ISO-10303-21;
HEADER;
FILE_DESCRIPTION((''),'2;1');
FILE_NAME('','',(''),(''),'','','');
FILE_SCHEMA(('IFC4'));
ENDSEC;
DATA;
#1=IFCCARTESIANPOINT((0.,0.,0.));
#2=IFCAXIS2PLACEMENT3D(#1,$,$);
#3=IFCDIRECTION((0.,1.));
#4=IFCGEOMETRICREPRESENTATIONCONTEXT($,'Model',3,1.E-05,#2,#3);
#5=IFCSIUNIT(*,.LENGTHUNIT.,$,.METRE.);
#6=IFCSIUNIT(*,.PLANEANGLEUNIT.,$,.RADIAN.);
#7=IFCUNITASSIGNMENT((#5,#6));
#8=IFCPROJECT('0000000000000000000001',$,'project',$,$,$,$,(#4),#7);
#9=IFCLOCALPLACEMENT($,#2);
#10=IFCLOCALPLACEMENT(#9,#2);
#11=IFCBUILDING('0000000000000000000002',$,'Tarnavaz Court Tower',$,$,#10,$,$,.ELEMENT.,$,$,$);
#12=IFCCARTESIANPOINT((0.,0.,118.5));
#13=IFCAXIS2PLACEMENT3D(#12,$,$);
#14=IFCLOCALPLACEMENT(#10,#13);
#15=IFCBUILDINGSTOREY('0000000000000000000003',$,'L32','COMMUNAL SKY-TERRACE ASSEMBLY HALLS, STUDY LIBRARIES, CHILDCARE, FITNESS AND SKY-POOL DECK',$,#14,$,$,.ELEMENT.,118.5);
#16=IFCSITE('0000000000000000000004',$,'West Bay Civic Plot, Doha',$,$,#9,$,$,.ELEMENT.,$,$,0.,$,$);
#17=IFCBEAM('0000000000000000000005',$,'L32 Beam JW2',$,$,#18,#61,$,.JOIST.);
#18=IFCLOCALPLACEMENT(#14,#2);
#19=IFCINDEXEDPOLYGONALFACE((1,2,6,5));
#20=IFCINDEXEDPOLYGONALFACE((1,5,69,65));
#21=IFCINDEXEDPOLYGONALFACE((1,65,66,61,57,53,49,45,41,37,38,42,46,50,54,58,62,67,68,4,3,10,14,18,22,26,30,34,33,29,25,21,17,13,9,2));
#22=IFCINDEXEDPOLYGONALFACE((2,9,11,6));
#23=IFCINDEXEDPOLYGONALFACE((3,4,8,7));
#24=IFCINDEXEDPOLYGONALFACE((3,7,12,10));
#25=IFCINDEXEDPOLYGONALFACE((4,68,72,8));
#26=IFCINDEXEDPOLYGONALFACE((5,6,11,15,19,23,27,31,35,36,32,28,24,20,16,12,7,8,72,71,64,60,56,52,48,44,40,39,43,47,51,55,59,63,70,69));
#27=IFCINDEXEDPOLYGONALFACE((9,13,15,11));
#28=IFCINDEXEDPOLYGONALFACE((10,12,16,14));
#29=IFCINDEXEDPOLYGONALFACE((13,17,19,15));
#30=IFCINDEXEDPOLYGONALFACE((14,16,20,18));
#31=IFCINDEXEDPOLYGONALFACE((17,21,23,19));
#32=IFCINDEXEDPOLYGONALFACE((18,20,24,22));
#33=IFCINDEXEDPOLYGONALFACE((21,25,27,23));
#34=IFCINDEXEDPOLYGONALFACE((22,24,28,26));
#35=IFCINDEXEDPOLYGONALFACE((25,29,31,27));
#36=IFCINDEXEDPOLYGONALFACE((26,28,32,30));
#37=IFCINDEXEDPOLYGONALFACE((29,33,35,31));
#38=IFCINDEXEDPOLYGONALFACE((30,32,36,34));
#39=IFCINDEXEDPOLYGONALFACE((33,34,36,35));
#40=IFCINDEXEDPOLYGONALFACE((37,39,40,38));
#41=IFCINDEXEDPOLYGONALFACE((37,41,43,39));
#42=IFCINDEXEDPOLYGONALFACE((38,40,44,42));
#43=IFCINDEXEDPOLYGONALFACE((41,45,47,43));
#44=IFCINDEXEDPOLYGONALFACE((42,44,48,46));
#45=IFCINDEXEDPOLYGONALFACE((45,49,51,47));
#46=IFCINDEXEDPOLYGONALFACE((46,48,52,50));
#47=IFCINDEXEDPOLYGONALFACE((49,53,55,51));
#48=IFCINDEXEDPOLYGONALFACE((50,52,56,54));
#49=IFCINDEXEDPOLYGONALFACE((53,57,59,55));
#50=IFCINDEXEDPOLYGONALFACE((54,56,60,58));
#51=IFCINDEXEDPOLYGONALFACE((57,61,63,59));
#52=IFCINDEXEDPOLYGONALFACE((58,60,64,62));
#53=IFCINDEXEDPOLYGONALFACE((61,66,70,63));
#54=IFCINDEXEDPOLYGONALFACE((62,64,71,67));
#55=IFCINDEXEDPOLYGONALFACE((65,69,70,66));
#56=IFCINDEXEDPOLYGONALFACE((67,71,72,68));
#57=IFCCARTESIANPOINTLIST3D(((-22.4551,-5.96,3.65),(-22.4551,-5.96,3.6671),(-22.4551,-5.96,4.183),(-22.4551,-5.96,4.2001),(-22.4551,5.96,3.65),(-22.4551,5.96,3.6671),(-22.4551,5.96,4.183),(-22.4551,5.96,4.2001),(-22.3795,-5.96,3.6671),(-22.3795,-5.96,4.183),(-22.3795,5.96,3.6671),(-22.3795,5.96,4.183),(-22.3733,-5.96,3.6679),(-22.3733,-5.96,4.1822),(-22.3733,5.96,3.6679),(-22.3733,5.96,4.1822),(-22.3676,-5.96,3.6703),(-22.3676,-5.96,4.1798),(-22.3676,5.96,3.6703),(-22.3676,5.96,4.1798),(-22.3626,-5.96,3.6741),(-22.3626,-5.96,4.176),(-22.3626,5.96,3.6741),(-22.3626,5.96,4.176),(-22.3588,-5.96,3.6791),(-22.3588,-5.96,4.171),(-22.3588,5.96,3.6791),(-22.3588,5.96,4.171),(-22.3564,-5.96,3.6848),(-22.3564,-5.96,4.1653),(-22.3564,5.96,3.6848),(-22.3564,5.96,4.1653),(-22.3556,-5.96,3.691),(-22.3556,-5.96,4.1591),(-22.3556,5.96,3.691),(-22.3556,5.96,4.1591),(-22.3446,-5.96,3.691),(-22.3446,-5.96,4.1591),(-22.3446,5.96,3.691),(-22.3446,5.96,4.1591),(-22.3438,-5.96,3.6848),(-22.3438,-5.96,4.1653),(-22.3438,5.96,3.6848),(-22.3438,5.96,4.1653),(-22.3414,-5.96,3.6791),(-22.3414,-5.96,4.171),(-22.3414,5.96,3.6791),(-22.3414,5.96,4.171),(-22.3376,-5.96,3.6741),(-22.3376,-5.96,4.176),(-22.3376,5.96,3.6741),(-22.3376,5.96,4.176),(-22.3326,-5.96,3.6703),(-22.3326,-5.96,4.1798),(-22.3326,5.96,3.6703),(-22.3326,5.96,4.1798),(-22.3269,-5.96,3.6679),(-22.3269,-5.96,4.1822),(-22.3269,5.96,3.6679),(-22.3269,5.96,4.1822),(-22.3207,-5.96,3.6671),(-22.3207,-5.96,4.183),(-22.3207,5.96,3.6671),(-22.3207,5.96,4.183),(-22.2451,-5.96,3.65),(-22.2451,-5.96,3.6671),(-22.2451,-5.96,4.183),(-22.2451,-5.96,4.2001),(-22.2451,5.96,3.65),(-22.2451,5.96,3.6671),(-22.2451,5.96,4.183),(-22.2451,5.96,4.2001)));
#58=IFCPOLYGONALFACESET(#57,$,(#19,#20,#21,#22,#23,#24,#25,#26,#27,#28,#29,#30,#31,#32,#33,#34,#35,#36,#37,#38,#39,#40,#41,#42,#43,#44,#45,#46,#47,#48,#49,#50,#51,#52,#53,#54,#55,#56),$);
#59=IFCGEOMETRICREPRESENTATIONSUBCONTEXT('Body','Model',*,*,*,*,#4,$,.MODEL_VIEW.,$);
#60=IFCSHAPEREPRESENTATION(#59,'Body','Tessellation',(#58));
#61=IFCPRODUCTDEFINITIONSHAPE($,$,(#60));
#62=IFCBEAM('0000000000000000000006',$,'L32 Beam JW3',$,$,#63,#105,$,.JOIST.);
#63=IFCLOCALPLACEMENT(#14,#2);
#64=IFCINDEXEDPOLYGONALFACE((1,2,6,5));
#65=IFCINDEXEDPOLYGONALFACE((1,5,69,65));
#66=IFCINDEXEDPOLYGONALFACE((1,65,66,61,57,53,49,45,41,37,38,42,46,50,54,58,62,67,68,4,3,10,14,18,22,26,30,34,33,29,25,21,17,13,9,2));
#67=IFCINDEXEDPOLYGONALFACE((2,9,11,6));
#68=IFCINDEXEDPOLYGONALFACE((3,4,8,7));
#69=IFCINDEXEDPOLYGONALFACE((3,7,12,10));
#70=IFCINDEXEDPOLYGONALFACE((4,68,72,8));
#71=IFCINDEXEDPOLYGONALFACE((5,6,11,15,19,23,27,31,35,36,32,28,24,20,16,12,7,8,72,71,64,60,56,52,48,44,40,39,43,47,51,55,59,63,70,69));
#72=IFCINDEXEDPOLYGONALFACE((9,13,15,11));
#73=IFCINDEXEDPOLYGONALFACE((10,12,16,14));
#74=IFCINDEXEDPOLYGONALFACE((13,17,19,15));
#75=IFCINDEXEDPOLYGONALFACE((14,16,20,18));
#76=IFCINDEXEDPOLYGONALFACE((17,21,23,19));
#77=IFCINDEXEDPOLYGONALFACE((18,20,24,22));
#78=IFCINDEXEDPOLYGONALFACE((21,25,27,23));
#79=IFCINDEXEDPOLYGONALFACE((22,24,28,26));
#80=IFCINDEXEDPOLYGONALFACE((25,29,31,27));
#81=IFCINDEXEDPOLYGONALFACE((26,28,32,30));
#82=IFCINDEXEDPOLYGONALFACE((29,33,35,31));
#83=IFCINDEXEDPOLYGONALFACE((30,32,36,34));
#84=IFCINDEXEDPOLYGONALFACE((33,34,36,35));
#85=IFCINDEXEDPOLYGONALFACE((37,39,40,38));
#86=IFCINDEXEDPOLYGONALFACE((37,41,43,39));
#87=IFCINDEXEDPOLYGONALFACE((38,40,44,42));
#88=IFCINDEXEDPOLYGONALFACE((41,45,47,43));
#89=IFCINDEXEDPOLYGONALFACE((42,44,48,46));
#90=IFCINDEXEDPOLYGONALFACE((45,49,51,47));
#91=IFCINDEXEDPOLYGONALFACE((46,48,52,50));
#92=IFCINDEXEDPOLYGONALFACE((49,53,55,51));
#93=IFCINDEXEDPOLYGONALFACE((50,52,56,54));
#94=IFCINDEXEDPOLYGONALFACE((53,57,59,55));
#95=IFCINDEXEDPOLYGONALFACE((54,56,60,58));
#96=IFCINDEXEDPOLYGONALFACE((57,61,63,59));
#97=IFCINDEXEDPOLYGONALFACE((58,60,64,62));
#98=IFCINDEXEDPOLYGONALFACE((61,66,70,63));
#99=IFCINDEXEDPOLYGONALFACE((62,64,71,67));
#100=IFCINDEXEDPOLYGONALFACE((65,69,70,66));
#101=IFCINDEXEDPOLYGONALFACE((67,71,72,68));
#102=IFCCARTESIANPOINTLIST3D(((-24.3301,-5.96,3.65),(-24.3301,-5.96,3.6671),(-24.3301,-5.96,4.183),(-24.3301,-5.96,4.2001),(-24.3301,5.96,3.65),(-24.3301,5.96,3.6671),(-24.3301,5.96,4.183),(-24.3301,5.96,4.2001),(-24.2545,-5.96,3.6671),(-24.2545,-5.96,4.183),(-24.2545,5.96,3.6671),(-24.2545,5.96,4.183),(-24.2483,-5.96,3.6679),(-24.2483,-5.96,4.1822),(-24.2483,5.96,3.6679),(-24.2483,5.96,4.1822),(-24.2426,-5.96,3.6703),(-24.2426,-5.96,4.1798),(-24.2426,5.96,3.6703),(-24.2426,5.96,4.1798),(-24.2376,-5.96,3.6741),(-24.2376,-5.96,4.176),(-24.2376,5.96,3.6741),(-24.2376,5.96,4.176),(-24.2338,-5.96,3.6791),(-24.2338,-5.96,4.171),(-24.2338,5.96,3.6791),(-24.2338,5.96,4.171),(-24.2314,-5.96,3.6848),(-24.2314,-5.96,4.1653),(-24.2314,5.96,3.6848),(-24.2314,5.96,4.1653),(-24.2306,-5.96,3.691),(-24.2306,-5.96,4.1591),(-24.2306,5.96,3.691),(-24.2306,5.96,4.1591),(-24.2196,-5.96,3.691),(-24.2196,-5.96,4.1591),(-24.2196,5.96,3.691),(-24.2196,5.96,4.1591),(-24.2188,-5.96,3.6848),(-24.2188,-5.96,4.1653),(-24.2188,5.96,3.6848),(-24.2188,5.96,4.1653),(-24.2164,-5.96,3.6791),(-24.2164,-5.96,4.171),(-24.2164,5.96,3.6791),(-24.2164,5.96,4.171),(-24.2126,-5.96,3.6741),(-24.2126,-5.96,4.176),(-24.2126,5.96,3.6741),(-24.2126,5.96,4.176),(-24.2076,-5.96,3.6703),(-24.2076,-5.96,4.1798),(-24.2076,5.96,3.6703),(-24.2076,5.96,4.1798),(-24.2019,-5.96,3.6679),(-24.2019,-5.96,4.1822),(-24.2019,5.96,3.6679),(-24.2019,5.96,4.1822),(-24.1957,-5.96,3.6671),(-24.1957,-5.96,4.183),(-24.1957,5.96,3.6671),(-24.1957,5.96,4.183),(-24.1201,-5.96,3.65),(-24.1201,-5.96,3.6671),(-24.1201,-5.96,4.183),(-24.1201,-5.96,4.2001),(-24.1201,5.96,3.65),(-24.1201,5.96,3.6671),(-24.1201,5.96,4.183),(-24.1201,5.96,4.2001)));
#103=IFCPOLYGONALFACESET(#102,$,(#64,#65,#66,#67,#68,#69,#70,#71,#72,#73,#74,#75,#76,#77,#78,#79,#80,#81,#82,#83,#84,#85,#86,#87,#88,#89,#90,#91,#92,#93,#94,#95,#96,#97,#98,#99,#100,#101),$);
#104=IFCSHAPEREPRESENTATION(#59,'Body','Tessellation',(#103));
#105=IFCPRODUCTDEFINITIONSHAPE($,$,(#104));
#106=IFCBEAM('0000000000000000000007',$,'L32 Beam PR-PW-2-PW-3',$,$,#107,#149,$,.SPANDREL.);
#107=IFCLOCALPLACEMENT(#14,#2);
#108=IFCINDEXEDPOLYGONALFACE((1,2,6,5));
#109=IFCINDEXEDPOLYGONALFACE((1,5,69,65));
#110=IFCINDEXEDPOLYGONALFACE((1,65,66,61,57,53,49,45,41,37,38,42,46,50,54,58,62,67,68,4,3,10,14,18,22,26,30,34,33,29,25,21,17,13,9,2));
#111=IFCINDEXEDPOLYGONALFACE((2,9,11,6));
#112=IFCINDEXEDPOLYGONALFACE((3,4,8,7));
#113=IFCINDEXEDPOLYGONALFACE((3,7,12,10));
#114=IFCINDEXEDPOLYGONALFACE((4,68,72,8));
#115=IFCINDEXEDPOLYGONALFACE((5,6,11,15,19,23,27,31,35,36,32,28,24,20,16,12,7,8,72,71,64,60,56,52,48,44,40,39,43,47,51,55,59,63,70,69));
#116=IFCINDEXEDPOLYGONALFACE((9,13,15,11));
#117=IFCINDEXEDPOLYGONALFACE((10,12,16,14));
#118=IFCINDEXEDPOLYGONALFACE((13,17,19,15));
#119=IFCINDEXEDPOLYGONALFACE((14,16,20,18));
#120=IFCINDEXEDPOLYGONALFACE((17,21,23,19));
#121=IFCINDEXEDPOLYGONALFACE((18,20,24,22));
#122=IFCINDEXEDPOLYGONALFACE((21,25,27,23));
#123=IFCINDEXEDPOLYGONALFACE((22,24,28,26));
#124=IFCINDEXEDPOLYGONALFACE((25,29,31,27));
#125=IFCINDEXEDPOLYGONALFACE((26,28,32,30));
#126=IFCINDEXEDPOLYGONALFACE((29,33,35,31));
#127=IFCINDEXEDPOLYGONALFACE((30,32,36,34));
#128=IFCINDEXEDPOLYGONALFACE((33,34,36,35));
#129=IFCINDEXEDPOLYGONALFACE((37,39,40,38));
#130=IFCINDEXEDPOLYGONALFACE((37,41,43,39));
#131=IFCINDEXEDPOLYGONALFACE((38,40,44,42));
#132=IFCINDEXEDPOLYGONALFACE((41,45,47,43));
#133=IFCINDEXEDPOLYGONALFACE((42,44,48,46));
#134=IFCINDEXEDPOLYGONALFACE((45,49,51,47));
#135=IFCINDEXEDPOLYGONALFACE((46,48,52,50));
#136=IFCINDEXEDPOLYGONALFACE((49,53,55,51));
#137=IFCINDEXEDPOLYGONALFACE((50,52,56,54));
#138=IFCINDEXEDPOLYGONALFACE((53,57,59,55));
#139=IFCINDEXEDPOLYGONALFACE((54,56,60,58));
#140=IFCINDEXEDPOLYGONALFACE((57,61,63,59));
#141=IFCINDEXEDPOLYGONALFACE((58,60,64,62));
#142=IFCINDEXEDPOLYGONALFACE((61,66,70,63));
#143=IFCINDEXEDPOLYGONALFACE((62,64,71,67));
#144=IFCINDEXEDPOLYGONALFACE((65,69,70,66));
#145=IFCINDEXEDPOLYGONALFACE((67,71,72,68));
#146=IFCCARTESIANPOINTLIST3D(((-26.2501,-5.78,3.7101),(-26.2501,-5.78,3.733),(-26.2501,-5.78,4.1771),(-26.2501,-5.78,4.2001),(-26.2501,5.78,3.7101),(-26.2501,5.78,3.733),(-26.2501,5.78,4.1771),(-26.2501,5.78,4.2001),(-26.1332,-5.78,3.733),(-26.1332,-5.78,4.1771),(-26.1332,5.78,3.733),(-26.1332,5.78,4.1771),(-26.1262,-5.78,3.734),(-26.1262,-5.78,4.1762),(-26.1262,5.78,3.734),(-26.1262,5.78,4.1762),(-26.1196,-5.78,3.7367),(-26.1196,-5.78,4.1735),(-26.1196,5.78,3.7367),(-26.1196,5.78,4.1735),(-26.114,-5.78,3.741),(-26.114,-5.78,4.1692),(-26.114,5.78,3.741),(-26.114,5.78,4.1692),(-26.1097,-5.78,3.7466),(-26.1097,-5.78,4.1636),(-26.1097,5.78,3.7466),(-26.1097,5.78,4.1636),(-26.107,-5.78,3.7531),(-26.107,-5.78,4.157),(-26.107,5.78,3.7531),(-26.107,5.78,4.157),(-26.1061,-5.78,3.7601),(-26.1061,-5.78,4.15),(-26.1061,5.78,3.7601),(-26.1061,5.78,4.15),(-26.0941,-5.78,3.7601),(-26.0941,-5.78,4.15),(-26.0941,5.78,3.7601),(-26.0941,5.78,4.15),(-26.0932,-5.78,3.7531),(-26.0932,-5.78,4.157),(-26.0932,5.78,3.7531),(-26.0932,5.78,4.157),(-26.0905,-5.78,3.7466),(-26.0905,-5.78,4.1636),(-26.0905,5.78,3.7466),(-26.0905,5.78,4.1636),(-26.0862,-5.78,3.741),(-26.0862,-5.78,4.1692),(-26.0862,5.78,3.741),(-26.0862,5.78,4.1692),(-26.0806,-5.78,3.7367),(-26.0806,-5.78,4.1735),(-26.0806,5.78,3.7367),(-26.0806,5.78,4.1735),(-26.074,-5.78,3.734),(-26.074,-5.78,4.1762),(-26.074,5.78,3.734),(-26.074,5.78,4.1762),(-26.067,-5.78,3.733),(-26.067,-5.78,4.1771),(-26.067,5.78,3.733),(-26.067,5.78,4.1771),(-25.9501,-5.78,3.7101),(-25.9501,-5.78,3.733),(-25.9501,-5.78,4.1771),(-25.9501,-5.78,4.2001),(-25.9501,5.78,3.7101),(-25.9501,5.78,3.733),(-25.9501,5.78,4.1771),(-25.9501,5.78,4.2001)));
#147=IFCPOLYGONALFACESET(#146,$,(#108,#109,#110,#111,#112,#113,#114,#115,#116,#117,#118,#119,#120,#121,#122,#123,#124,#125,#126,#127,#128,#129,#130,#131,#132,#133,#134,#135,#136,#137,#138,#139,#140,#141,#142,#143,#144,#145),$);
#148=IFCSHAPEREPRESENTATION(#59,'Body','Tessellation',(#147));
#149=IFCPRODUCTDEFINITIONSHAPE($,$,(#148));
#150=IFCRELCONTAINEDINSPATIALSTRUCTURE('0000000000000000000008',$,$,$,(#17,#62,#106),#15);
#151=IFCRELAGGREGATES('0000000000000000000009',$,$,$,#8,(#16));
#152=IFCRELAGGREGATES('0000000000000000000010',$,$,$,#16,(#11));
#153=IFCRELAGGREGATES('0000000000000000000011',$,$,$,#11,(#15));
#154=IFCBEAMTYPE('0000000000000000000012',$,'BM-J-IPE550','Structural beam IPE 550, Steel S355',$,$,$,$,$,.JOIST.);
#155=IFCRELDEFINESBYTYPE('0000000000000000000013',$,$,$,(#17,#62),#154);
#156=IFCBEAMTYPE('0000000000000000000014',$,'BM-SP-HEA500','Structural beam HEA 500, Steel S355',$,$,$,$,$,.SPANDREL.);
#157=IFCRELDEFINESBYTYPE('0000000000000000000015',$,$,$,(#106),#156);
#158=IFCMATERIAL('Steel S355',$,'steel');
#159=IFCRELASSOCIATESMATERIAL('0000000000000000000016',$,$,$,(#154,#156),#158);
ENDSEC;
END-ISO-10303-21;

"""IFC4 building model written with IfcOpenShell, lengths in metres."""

from ifc_helpers import new_model, si_unit, direction, frame, origin, origin_2d, place, context, subcontext, project, spatial, i_section, extrude, material, material_profile, profile_set, type_object, element, save


model = new_model("IFC4")

# Units and contexts
model_context = context("Model", 3, precision=1e-05, world=origin(), true_north=direction((0.0, 1.0)))
body_context = subcontext(model_context, "Body", "Model", "MODEL_VIEW")
ifc_project = project(units=[si_unit("LENGTHUNIT", "METRE"), si_unit("PLANEANGLEUNIT", "RADIAN")], contexts=[model_context])

# Site, building, storey
site_placement = place(None, origin())
site = spatial("IfcSite", under=ifc_project, at=site_placement, Name="West Bay Civic Plot, Doha", CompositionType="ELEMENT", RefElevation=0.0)
building_placement = place(site_placement, origin())
building = spatial("IfcBuilding", under=site, at=building_placement, Name="Tarnavaz Court Tower", CompositionType="ELEMENT")
storey_placement = place(building_placement, frame((0.0, 0.0, 118.5)))
storey = spatial("IfcBuildingStorey", under=building, at=storey_placement, Name="L32", Description="COMMUNAL SKY-TERRACE ASSEMBLY HALLS, STUDY LIBRARIES, CHILDCARE, FITNESS AND SKY-POOL DECK", CompositionType="ELEMENT", Elevation=118.5)

# Beams
ifc_material_1 = material(Name="Steel S355", Category="steel")
ifc_material_profile_1 = material_profile(ifc_material_1, i_section(OverallWidth=0.21, OverallDepth=0.55, WebThickness=0.011, FlangeThickness=0.0171, FilletRadius=0.0239, at=origin_2d()), Name="IPE 550")
ifc_profile_set_1 = profile_set([ifc_material_profile_1], Name="Steel S355")
beam_type_1 = type_object("IfcBeamType", Name="BM-J-IPE550", Description="Structural beam IPE 550, Steel S355", PredefinedType="JOIST", material=ifc_profile_set_1)
for number, where, z_axis, x_axis, name in (
    (1, (-22.3501, -5.96, 3.925), (0.0, 1.0, 0.0), (-1.0, 0.0, 0.0), "L32 Beam JW2"),
    (2, (-24.2251, -5.96, 3.925), (0.0, 1.0, 0.0), (-1.0, 0.0, 0.0), "L32 Beam JW3"),
):
    element("IfcBeam", number, at=place(storey_placement, frame(where, z_axis=z_axis, x_axis=x_axis)), inside=storey, type_object=beam_type_1, Name=name, PredefinedType="JOIST", context=body_context, shape_type="SweptSolid", body=[
        extrude(i_section(OverallWidth=0.21, OverallDepth=0.55, WebThickness=0.011, FlangeThickness=0.0171, FilletRadius=0.0239, at=origin_2d()), origin(), (0.0, 0.0, 1.0), 11.9199),
    ])
ifc_material_profile_2 = material_profile(ifc_material_1, i_section(OverallWidth=0.3, OverallDepth=0.49, WebThickness=0.012, FlangeThickness=0.0229, FilletRadius=0.0271, at=origin_2d()), Name="HEA 500")
ifc_profile_set_2 = profile_set([ifc_material_profile_2], Name="Steel S355")
beam_type_2 = type_object("IfcBeamType", Name="BM-SP-HEA500", Description="Structural beam HEA 500, Steel S355", PredefinedType="SPANDREL", material=ifc_profile_set_2)
beam_1_placement = place(storey_placement, frame((-26.1001, -5.78, 3.9551), z_axis=(0.0, 1.0, 0.0), x_axis=(-1.0, 0.0, 0.0)))
element("IfcBeam", 3, at=beam_1_placement, inside=storey, type_object=beam_type_2, Name="L32 Beam PR-PW-2-PW-3", PredefinedType="SPANDREL", context=body_context, shape_type="SweptSolid", body=[
    extrude(i_section(OverallWidth=0.3, OverallDepth=0.49, WebThickness=0.012, FlangeThickness=0.0229, FilletRadius=0.0271, at=origin_2d()), origin(), (0.0, 0.0, 1.0), 11.5601),
])

save(model, "model.ifc")
